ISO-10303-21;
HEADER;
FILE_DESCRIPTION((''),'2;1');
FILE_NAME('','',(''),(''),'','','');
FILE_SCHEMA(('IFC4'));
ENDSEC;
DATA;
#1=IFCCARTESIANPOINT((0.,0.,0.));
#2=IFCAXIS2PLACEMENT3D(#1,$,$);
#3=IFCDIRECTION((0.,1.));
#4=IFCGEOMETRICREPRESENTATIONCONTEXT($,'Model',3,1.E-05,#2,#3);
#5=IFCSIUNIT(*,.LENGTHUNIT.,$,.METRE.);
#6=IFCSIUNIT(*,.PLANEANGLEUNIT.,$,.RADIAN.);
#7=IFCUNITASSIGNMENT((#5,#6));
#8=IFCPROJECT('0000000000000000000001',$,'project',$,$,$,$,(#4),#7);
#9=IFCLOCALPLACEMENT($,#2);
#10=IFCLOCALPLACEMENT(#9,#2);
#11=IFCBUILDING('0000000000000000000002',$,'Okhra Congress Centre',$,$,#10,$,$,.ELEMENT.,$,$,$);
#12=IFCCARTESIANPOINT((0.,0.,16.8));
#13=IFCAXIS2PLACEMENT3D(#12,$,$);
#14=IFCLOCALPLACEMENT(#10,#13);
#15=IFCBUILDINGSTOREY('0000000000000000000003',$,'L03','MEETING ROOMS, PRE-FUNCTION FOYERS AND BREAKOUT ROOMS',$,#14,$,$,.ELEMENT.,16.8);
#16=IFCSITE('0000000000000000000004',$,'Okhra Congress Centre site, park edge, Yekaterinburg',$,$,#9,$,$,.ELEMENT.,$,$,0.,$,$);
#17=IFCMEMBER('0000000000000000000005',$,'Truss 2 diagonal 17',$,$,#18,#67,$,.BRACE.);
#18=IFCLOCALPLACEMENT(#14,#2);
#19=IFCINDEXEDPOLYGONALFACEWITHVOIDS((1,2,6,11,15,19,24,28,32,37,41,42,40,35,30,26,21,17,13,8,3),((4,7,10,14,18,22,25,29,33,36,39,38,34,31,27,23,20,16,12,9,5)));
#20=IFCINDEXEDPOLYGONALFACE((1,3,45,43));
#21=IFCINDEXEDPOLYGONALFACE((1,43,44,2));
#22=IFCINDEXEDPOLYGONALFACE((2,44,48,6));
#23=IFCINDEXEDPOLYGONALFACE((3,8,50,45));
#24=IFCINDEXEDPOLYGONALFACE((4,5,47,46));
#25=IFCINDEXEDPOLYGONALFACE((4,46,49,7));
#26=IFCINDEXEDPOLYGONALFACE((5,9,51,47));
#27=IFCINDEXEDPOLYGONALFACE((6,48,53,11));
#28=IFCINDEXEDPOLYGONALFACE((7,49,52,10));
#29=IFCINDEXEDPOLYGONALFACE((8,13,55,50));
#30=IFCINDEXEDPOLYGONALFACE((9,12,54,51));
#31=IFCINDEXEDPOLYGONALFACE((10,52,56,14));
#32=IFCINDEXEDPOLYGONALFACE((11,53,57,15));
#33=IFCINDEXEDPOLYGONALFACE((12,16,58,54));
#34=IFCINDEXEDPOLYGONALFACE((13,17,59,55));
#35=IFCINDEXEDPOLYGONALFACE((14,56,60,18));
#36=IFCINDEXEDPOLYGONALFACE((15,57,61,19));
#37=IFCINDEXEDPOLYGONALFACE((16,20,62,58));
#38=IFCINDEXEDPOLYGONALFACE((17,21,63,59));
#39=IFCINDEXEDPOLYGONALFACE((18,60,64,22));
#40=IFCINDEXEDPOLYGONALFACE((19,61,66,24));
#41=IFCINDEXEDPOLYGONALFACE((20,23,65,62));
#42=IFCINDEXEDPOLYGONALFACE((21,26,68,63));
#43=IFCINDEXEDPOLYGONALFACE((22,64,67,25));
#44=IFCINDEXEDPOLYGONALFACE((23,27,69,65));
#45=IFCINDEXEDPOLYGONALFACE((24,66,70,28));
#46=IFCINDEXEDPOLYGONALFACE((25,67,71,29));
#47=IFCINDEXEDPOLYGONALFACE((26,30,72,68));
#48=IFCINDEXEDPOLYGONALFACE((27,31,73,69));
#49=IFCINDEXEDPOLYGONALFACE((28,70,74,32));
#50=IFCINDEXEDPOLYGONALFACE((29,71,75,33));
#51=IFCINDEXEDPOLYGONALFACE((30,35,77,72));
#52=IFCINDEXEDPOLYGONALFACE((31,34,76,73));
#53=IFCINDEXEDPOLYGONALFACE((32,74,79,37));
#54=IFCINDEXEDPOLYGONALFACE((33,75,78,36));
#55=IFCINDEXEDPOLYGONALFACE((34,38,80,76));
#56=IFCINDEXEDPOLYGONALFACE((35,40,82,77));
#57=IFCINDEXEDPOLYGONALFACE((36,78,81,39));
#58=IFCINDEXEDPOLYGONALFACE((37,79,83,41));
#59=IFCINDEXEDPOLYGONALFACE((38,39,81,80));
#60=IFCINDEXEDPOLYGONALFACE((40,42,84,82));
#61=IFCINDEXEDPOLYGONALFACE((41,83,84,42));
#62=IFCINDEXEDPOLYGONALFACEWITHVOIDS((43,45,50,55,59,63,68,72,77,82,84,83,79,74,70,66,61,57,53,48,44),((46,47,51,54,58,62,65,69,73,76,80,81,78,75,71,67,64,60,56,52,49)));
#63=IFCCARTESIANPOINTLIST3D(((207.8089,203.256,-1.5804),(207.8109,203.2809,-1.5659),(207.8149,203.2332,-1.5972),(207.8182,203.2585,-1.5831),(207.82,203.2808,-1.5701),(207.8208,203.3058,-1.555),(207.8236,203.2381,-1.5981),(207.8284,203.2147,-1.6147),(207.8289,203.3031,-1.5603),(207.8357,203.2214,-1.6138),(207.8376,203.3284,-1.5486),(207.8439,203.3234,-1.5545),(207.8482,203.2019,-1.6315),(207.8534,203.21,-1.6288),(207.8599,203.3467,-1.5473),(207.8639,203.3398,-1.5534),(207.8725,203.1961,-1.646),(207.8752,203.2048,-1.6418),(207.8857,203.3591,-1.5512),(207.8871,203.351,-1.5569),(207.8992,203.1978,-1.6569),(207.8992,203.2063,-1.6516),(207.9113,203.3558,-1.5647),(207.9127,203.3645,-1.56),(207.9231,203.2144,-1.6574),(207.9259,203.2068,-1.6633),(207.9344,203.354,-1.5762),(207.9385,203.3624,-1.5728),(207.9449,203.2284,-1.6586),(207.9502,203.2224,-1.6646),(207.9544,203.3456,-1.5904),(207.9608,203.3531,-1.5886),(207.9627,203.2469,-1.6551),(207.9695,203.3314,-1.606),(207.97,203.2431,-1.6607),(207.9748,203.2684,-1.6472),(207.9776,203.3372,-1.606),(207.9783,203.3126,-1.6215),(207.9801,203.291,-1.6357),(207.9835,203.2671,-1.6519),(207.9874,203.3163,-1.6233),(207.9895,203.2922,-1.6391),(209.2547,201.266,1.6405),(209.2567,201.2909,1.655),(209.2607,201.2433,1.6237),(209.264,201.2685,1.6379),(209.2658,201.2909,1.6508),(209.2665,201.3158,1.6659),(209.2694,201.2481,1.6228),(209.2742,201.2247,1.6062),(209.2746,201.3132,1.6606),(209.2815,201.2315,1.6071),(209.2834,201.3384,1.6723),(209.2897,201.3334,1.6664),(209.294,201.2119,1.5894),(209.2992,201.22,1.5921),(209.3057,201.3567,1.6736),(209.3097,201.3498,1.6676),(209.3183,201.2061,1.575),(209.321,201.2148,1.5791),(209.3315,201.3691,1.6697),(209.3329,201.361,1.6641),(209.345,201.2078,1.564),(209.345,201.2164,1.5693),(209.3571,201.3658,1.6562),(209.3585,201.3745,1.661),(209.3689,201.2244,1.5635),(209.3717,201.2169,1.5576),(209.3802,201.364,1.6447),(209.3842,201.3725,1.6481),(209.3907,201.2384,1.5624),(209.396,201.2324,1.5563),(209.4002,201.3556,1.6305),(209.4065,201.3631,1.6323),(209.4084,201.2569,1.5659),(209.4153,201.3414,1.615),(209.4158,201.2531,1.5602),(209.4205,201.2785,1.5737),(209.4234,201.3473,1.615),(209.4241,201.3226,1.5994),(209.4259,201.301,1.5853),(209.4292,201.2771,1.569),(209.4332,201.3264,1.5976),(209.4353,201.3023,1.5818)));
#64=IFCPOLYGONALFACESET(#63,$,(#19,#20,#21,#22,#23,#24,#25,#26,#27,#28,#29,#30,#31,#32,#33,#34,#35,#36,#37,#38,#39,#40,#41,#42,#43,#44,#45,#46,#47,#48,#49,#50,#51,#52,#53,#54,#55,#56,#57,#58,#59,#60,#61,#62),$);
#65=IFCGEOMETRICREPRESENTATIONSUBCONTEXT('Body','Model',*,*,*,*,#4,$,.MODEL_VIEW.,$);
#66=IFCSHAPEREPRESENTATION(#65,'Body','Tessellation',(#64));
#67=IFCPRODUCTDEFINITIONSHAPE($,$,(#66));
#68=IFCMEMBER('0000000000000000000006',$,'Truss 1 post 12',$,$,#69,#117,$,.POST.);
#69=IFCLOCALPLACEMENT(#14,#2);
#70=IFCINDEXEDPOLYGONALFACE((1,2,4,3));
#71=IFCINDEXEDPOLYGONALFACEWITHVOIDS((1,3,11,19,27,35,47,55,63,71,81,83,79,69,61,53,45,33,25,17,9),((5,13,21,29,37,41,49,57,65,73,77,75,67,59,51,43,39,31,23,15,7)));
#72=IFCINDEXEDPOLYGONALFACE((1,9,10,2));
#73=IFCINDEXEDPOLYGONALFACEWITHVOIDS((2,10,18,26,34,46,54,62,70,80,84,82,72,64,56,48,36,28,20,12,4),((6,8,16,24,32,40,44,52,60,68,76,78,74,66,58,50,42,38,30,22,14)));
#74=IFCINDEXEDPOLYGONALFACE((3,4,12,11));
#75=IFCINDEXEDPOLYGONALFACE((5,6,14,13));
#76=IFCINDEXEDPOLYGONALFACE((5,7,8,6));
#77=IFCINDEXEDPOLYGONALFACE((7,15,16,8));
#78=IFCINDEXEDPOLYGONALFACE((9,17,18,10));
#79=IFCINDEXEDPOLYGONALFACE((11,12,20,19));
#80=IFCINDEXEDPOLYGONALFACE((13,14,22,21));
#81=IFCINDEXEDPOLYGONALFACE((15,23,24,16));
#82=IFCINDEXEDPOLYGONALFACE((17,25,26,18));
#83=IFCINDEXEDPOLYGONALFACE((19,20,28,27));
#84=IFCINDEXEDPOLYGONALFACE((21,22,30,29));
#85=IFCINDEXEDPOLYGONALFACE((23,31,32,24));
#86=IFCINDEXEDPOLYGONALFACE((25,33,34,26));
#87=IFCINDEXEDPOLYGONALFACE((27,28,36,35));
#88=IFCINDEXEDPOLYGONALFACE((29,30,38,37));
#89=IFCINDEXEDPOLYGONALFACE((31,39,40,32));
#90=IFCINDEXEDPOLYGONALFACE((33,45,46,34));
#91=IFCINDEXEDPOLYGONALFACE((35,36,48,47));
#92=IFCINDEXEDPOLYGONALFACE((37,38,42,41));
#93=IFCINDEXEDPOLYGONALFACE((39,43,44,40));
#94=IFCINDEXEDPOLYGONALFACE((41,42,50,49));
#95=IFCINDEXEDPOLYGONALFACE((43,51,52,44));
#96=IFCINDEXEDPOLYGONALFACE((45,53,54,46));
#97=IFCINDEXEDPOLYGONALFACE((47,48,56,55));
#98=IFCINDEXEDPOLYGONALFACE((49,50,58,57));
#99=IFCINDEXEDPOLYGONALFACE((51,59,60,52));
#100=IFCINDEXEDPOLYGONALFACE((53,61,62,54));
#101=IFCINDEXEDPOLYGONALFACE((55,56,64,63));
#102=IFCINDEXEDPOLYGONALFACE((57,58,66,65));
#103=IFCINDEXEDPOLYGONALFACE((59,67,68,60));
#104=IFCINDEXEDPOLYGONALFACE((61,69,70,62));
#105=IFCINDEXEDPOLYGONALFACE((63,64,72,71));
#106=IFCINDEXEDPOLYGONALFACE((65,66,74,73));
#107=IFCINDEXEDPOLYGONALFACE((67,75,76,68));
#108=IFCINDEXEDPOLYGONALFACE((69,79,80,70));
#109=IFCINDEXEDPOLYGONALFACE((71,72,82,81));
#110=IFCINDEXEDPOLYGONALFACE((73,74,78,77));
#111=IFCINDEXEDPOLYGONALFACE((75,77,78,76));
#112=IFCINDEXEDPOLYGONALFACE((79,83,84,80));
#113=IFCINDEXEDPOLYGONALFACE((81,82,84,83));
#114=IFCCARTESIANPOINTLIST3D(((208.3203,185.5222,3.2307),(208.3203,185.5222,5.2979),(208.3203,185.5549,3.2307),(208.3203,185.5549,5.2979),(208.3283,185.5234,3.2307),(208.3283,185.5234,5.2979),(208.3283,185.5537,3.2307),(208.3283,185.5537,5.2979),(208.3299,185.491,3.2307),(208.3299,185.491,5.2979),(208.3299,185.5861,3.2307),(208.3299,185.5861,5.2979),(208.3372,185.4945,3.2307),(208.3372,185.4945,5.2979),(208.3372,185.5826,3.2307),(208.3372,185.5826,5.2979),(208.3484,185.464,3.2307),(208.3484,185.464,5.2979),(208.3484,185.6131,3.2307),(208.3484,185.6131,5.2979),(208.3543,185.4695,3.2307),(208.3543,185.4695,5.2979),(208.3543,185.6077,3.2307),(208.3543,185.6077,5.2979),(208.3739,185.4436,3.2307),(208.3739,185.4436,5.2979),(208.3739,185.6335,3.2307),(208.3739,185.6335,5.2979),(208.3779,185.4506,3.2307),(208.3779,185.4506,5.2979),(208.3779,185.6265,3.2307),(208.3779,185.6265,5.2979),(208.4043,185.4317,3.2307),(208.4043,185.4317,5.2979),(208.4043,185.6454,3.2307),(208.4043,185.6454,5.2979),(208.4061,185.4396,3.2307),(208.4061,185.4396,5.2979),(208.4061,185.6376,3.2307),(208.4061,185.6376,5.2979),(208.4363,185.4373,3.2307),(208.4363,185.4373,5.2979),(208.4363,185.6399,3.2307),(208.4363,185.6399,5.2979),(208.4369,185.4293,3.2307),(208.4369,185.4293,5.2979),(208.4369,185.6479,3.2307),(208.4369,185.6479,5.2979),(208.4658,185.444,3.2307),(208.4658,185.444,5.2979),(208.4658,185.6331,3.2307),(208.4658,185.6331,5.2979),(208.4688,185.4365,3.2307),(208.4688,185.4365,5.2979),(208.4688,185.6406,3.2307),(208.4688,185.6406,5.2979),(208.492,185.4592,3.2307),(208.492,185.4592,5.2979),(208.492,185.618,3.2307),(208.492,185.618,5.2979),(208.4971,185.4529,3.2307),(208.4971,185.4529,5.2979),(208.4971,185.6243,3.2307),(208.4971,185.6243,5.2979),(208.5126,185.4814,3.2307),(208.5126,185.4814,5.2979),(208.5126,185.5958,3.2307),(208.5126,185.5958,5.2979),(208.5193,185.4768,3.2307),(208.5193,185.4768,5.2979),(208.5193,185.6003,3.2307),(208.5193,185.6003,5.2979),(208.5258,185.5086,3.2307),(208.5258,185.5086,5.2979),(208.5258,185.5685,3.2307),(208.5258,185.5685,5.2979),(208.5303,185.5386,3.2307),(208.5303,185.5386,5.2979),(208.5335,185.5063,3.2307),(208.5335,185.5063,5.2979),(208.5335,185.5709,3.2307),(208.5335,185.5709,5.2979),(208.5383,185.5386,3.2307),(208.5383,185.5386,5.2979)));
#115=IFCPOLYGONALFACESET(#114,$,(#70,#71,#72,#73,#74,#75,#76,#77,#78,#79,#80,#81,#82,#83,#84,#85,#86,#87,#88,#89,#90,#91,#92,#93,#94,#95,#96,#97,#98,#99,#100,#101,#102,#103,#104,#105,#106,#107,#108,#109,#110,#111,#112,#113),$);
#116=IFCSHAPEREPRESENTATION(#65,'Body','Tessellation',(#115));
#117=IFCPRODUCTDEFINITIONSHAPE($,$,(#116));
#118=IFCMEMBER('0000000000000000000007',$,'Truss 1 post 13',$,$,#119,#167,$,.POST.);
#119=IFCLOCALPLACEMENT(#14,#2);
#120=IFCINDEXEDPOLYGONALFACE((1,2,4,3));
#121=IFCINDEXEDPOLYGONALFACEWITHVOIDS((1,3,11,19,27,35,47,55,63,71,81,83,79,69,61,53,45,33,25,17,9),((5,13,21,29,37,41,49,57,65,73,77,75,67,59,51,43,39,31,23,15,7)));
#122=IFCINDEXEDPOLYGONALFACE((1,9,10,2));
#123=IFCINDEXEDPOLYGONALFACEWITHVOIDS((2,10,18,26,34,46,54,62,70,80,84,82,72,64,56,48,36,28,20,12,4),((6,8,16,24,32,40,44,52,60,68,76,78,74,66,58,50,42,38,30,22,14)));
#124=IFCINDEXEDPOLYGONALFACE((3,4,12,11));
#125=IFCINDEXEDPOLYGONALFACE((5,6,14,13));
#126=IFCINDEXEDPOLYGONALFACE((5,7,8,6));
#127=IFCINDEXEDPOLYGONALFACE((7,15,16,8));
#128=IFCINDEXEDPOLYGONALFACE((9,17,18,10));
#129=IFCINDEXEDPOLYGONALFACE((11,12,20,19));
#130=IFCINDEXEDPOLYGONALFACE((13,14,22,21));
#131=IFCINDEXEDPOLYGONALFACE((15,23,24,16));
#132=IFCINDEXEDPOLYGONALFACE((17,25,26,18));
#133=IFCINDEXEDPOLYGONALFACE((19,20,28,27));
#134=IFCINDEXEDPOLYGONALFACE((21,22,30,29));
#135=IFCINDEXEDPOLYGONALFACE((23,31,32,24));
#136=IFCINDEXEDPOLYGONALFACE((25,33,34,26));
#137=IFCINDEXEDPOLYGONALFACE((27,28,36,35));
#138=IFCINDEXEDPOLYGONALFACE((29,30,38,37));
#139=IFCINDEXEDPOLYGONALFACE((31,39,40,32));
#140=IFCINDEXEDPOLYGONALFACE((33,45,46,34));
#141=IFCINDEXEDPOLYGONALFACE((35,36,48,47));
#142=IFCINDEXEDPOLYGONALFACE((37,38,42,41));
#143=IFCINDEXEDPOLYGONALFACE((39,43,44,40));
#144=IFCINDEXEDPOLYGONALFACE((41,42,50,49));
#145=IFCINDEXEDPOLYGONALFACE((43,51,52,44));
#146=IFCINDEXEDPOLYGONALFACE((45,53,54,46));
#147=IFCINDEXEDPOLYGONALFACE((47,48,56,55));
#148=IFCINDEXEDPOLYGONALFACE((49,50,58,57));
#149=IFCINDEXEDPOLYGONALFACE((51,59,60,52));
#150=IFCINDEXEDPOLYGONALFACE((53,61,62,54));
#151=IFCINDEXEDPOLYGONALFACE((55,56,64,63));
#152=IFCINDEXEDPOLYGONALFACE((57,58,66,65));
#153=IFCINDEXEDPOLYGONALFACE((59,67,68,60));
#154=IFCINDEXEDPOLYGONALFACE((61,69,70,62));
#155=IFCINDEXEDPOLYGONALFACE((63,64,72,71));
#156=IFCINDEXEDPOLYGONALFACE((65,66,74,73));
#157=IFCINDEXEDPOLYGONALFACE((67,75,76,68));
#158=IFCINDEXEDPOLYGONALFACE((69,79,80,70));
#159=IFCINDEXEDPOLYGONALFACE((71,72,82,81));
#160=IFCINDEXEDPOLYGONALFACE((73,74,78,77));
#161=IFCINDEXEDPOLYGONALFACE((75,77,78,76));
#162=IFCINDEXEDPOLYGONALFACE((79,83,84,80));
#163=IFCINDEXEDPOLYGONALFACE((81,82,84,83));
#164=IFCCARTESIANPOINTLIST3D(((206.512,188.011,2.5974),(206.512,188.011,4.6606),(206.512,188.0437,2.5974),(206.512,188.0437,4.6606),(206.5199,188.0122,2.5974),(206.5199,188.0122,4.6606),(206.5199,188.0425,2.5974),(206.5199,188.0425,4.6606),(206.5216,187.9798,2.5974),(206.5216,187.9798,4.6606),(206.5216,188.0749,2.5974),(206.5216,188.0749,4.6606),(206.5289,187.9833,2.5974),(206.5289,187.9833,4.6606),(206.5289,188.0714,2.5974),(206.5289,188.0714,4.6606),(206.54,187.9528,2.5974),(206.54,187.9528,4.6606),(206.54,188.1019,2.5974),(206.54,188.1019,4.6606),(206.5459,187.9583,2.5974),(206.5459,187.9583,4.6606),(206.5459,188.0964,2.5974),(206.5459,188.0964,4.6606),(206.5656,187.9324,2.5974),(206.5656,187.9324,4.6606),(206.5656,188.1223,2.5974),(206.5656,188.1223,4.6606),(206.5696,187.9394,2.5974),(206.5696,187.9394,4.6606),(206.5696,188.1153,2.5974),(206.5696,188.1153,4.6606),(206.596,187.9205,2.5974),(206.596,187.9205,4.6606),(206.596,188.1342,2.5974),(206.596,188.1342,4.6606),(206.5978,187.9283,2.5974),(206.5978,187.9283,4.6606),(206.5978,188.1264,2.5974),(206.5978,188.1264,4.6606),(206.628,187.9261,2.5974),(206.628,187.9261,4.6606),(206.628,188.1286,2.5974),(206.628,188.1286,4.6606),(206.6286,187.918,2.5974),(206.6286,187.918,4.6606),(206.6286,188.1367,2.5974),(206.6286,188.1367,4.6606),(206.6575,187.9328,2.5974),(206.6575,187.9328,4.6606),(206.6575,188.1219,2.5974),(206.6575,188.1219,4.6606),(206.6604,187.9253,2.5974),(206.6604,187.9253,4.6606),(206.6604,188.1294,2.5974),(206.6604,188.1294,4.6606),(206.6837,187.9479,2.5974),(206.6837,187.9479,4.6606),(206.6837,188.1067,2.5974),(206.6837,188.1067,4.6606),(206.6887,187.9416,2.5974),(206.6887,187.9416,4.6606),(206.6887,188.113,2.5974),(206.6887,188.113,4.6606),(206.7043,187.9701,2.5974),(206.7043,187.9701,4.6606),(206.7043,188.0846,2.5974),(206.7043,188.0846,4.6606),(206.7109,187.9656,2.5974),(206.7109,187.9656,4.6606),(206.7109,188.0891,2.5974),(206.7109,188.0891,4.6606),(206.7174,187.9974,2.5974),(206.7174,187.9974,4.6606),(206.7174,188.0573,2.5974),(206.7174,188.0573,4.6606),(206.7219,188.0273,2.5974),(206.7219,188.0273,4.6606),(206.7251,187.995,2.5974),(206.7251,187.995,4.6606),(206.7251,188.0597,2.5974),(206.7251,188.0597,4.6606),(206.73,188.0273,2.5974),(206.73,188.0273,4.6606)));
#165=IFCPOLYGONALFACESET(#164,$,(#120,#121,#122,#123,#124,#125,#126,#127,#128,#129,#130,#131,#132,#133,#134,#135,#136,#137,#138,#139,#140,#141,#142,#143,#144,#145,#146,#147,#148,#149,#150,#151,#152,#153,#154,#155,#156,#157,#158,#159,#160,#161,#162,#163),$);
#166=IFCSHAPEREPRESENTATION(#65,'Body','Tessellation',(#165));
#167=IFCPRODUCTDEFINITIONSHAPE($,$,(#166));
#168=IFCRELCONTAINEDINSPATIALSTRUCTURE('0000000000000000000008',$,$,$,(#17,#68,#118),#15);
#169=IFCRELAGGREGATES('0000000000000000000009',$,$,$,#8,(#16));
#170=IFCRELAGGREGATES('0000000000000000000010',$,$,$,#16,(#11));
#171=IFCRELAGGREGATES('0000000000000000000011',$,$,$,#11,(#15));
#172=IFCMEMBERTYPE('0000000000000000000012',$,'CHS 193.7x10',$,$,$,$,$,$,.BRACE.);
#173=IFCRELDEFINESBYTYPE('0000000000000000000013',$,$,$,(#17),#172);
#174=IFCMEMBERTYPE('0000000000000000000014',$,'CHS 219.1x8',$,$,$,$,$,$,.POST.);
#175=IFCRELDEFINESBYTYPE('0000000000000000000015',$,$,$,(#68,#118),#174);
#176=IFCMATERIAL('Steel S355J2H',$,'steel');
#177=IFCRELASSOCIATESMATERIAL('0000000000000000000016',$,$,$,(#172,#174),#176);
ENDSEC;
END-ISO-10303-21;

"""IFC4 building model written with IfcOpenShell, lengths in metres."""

from ifc_helpers import new_model, si_unit, direction, frame, origin, origin_2d, place, context, subcontext, project, spatial, hollow_circle, extrude, material, material_profile, profile_set, type_object, element, save


model = new_model("IFC4")

# Units and contexts
model_context = context("Model", 3, precision=1e-05, world=origin(), true_north=direction((0.0, 1.0)))
body_context = subcontext(model_context, "Body", "Model", "MODEL_VIEW")
ifc_project = project(units=[si_unit("LENGTHUNIT", "METRE"), si_unit("PLANEANGLEUNIT", "RADIAN")], contexts=[model_context])

# Site, building, storey
site_placement = place(None, origin())
site = spatial("IfcSite", under=ifc_project, at=site_placement, Name="Okhra Congress Centre site, park edge, Yekaterinburg", CompositionType="ELEMENT", RefElevation=0.0)
building_placement = place(site_placement, origin())
building = spatial("IfcBuilding", under=site, at=building_placement, Name="Okhra Congress Centre", CompositionType="ELEMENT")
storey_placement = place(building_placement, frame((0.0, 0.0, 16.8)))
storey = spatial("IfcBuildingStorey", under=building, at=storey_placement, Name="L03", Description="MEETING ROOMS, PRE-FUNCTION FOYERS AND BREAKOUT ROOMS", CompositionType="ELEMENT", Elevation=16.8)

# Members
ifc_material_1 = material(Name="Steel S355J2H", Category="steel")
ifc_material_profile_1 = material_profile(ifc_material_1, hollow_circle(Radius=0.0969, WallThickness=0.01, at=origin_2d()), Name="CHS 193.7x10")
ifc_profile_set_1 = profile_set([ifc_material_profile_1], Name="Steel S355J2H")
member_type_1 = type_object("IfcMemberType", Name="CHS 193.7x10", PredefinedType="BRACE", material=ifc_profile_set_1)
member_1_placement = place(storey_placement, frame((207.8992, 203.2803, -1.606), z_axis=(0.356744, -0.49102, 0.794753), x_axis=(0.809019, 0.587782, 0.0)))
element("IfcMember", 1, at=member_1_placement, inside=storey, type_object=member_type_1, Name="Truss 2 diagonal 17", PredefinedType="BRACE", context=body_context, shape_type="SweptSolid", body=[
    extrude(hollow_circle(Radius=0.0969, WallThickness=0.01, at=origin_2d()), origin(), (0.0, 0.0, 1.0), 4.0527),
])
ifc_material_profile_2 = material_profile(ifc_material_1, hollow_circle(Radius=0.1096, WallThickness=0.0081, at=origin_2d()), Name="CHS 219.1x8")
ifc_profile_set_2 = profile_set([ifc_material_profile_2], Name="Steel S355J2H")
member_type_2 = type_object("IfcMemberType", Name="CHS 219.1x8", PredefinedType="POST", material=ifc_profile_set_2)
member_2_placement = place(storey_placement, frame((208.4287, 185.5386, 3.2307), z_axis=(0.0, 0.0, 1.0), x_axis=(1.0, 0.0, 0.0)))
element("IfcMember", 2, at=member_2_placement, inside=storey, type_object=member_type_2, Name="Truss 1 post 12", PredefinedType="POST", context=body_context, shape_type="SweptSolid", body=[
    extrude(hollow_circle(Radius=0.1096, WallThickness=0.0081, at=origin_2d()), origin(), (0.0, 0.0, 1.0), 2.0671),
])
member_3_placement = place(storey_placement, frame((206.6204, 188.0273, 2.5974), z_axis=(0.0, 0.0, 1.0), x_axis=(1.0, 0.0, 0.0)))
element("IfcMember", 3, at=member_3_placement, inside=storey, type_object=member_type_2, Name="Truss 1 post 13", PredefinedType="POST", context=body_context, shape_type="SweptSolid", body=[
    extrude(hollow_circle(Radius=0.1096, WallThickness=0.0081, at=origin_2d()), origin(), (0.0, 0.0, 1.0), 2.0632),
])

save(model, "model.ifc")
